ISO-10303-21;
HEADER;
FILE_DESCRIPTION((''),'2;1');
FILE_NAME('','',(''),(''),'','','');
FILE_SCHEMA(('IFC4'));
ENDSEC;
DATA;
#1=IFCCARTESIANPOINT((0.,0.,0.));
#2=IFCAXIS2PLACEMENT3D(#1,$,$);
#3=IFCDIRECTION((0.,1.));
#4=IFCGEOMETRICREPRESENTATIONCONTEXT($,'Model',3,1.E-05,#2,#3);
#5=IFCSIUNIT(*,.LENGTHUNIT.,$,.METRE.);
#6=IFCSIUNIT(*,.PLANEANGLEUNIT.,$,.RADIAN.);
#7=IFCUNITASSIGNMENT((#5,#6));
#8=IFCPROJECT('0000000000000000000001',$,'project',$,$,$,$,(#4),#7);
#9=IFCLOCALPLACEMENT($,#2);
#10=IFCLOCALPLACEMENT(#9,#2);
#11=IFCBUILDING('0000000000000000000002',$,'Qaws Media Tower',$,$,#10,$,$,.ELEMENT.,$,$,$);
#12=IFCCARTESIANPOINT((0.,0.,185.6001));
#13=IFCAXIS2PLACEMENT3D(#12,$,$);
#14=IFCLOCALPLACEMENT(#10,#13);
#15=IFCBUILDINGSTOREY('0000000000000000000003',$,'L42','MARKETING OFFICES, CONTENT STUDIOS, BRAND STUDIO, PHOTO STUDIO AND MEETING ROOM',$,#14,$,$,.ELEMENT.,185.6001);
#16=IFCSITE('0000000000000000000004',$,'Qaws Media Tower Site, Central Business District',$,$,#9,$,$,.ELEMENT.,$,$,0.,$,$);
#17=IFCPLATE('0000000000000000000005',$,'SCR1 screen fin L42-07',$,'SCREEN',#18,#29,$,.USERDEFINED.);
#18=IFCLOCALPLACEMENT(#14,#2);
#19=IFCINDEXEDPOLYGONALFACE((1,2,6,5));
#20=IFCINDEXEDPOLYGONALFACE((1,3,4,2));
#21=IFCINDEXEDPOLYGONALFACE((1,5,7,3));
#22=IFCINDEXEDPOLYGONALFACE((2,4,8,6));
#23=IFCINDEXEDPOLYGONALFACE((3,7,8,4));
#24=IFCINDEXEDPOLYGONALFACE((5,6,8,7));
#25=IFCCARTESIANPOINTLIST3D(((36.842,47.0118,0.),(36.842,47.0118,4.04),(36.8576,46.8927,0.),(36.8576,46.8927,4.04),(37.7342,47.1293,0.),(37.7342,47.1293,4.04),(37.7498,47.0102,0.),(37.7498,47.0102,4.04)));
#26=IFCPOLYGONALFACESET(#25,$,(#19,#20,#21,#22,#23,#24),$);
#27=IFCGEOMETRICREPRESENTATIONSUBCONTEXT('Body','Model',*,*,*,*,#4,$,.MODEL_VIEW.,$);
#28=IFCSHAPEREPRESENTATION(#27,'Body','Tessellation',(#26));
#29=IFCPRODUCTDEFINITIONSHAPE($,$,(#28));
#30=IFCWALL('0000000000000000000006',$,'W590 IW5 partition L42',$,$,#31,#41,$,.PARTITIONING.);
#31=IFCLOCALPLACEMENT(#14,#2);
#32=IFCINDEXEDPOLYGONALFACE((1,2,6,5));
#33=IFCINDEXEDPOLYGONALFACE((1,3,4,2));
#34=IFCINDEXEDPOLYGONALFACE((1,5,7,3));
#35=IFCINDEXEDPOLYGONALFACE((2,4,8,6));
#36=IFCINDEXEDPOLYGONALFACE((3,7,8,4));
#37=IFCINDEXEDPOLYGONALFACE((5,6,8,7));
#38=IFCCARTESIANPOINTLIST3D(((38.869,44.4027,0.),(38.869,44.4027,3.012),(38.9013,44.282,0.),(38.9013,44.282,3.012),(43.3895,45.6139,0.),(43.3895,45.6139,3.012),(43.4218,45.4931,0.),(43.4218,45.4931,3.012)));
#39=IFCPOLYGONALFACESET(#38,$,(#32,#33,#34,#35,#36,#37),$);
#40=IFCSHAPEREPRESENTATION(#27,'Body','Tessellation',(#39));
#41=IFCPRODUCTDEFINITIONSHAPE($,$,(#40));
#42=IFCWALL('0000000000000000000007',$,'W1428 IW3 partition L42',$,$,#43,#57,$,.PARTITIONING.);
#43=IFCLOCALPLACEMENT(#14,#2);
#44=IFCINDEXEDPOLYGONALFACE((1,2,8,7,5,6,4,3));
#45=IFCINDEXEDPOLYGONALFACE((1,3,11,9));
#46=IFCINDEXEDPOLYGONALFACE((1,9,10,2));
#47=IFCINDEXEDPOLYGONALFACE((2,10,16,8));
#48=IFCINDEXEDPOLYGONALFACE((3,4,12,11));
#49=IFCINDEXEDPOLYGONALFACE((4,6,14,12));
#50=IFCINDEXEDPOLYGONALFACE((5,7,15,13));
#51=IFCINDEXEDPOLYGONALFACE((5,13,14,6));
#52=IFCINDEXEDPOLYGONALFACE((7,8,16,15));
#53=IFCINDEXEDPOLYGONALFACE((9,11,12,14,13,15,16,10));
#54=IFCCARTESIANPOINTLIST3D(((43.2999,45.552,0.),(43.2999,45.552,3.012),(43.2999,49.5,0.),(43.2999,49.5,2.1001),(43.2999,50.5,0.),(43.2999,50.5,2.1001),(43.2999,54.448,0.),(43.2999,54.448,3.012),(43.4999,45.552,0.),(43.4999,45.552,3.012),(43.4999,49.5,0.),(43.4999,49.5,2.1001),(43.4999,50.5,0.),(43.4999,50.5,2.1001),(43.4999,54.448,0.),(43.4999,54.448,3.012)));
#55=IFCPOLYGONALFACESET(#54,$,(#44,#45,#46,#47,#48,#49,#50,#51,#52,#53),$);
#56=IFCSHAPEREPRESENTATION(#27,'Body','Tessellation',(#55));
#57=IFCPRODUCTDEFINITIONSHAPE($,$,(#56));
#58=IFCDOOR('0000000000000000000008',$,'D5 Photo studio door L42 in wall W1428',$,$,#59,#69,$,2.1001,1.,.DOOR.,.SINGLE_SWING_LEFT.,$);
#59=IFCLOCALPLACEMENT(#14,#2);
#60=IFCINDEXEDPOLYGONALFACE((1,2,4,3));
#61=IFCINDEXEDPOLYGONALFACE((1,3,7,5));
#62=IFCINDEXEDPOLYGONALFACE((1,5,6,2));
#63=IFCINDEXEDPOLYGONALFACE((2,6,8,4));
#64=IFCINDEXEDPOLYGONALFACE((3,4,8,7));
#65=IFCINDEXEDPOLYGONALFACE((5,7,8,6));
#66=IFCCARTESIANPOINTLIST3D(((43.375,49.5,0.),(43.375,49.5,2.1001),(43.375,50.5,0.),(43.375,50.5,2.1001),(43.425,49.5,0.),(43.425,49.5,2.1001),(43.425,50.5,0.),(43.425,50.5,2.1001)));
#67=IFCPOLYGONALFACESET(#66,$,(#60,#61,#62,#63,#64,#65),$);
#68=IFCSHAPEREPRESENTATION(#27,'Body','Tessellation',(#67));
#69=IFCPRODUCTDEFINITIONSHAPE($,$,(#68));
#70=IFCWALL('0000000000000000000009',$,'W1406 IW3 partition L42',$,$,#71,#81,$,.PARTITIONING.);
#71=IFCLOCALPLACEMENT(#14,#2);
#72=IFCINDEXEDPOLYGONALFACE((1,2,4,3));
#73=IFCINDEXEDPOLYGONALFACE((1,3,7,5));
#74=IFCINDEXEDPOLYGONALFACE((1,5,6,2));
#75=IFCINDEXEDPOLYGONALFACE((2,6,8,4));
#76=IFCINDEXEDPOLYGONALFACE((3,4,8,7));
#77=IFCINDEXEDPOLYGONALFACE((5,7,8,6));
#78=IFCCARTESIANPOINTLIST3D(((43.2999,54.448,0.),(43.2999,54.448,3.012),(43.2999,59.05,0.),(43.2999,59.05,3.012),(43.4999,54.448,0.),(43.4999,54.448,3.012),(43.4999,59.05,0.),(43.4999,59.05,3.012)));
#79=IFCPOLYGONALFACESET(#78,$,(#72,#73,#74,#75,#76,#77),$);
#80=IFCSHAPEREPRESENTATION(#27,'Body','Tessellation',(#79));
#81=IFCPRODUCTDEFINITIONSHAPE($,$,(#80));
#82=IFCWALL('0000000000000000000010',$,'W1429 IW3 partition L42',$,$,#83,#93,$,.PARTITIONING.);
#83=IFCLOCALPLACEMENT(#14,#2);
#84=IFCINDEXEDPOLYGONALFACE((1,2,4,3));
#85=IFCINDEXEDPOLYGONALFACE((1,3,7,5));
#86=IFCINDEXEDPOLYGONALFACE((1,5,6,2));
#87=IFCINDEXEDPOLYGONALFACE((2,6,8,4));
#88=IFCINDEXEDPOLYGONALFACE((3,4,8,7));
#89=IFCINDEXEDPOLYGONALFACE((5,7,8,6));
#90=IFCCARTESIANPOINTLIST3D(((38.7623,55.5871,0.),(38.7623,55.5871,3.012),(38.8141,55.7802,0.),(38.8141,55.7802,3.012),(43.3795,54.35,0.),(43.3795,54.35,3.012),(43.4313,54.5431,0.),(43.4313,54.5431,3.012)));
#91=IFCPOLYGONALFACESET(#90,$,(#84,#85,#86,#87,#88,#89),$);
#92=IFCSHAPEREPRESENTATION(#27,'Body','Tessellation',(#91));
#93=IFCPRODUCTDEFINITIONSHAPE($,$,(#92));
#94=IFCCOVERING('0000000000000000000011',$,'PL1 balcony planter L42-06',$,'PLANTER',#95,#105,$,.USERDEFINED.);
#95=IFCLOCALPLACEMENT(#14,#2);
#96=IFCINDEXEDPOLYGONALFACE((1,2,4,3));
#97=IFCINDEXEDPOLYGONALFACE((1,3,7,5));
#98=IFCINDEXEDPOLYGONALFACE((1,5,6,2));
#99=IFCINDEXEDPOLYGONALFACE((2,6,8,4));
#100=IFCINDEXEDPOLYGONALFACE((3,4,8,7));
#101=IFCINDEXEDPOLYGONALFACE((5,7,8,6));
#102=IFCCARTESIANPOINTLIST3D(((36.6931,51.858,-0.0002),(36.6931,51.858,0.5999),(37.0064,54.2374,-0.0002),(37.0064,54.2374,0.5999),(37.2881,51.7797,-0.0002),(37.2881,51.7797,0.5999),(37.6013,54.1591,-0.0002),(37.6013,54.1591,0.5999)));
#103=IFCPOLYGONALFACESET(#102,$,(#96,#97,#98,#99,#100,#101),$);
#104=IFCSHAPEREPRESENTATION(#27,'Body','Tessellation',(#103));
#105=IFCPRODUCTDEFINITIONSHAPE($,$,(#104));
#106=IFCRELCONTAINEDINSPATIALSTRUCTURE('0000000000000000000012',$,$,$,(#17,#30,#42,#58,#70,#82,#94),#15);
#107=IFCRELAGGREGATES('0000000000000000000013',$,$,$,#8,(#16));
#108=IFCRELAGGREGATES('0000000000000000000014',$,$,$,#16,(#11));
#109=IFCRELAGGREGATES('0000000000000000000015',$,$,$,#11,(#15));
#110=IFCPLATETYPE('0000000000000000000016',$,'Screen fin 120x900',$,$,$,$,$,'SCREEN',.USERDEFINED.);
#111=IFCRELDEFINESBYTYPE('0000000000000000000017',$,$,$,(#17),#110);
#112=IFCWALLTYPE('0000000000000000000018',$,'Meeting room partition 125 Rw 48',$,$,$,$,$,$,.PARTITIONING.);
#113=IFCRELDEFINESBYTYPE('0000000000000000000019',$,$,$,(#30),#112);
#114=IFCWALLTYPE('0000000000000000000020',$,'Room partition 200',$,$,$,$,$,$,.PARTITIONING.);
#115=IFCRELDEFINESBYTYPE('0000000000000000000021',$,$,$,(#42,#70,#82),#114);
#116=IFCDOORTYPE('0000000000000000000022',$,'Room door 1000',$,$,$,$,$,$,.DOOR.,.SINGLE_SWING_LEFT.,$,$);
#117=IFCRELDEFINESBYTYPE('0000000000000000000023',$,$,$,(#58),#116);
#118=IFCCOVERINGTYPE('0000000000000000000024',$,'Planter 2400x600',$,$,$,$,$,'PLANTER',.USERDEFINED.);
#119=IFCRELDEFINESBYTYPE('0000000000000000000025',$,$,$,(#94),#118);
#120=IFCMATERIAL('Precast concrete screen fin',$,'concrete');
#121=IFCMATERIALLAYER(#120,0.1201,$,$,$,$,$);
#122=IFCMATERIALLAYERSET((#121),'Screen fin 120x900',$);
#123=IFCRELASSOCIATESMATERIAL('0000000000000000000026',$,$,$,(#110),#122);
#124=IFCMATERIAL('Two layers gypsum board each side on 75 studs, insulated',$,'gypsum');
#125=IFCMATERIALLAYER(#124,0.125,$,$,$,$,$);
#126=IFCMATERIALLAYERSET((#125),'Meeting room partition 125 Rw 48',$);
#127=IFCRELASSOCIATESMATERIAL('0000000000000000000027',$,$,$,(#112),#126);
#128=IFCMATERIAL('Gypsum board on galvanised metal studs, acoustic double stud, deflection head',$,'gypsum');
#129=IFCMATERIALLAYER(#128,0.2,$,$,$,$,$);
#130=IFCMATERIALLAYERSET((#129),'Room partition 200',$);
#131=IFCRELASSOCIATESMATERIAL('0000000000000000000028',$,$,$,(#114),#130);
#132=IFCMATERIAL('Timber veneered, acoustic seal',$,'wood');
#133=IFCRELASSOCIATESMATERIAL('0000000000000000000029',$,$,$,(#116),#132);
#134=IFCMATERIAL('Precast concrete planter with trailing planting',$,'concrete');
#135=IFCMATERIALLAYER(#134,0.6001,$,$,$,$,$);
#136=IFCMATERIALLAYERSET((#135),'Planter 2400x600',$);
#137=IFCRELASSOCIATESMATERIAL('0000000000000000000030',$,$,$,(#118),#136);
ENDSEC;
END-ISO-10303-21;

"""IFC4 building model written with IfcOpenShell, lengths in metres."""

from ifc_helpers import new_model, si_unit, direction, frame, frame_2d, origin, origin_2d, place, context, subcontext, project, spatial, rectangle, extrude, material, layer, layer_set, type_object, element, fill, save


model = new_model("IFC4")

# Units and contexts
model_context = context("Model", 3, precision=1e-05, world=origin(), true_north=direction((0.0, 1.0)))
body_context = subcontext(model_context, "Body", "Model", "MODEL_VIEW")
ifc_project = project(units=[si_unit("LENGTHUNIT", "METRE"), si_unit("PLANEANGLEUNIT", "RADIAN")], contexts=[model_context])

# Site, building, storey
site_placement = place(None, origin())
site = spatial("IfcSite", under=ifc_project, at=site_placement, Name="Qaws Media Tower Site, Central Business District", CompositionType="ELEMENT", RefElevation=0.0)
building_placement = place(site_placement, origin())
building = spatial("IfcBuilding", under=site, at=building_placement, Name="Qaws Media Tower", CompositionType="ELEMENT")
storey_placement = place(building_placement, frame((0.0, 0.0, 185.6001)))
storey = spatial("IfcBuildingStorey", under=building, at=storey_placement, Name="L42", Description="MARKETING OFFICES, CONTENT STUDIOS, BRAND STUDIO, PHOTO STUDIO AND MEETING ROOM", CompositionType="ELEMENT", Elevation=185.6001)

# Plate
ifc_material_1 = material(Name="Precast concrete screen fin", Category="concrete")
ifc_layer_1 = layer(ifc_material_1, 0.1201)
ifc_layer_set_1 = layer_set([ifc_layer_1], Name="Screen fin 120x900")
plate_type_1 = type_object("IfcPlateType", Name="Screen fin 120x900", ElementType="SCREEN", PredefinedType="USERDEFINED", material=ifc_layer_set_1)
plate_1_placement = place(storey_placement, frame((37.2959, 47.011, 0.0), z_axis=(0.0, 0.0, 1.0), x_axis=(-0.991445, -0.130526, 0.0)))
element("IfcPlate", 1, at=plate_1_placement, inside=storey, type_object=plate_type_1, Name="SCR1 screen fin L42-07", ObjectType="SCREEN", PredefinedType="USERDEFINED", context=body_context, shape_type="SweptSolid", body=[
    extrude(rectangle(XDim=0.8999, YDim=0.1201, at=origin_2d()), origin(), (0.0, 0.0, 1.0), 4.04),
])

# Wall
ifc_material_2 = material(Name="Two layers gypsum board each side on 75 studs, insulated", Category="gypsum")
ifc_layer_2 = layer(ifc_material_2, 0.125)
ifc_layer_set_2 = layer_set([ifc_layer_2], Name="Meeting room partition 125 Rw 48")
wall_type_1 = type_object("IfcWallType", Name="Meeting room partition 125 Rw 48", PredefinedType="PARTITIONING", material=ifc_layer_set_2)
wall_1_placement = place(storey_placement, frame((43.4055, 45.5535, 0.0), z_axis=(0.0, 0.0, 1.0), x_axis=(-0.96593, -0.258802, 0.0)))
element("IfcWall", 2, at=wall_1_placement, inside=storey, type_object=wall_type_1, Name="W590 IW5 partition L42", PredefinedType="PARTITIONING", context=body_context, shape_type="SweptSolid", body=[
    extrude(rectangle(XDim=4.6799, YDim=0.125, at=frame_2d((2.3398, 0.0))), origin(), (0.0, 0.0, 1.0), 3.012),
])

# Wall, opening, door
ifc_material_3 = material(Name="Gypsum board on galvanised metal studs, acoustic double stud, deflection head", Category="gypsum")
ifc_layer_3 = layer(ifc_material_3, 0.2)
ifc_layer_set_3 = layer_set([ifc_layer_3], Name="Room partition 200")
wall_type_2 = type_object("IfcWallType", Name="Room partition 200", PredefinedType="PARTITIONING", material=ifc_layer_set_3)
wall_2_placement = place(storey_placement, frame((43.3999, 45.552, 0.0), z_axis=(0.0, 0.0, 1.0), x_axis=(0.0, 1.0, 0.0)))
wall_2 = element("IfcWall", 3, at=wall_2_placement, inside=storey, type_object=wall_type_2, Name="W1428 IW3 partition L42", PredefinedType="PARTITIONING", context=body_context, shape_type="SweptSolid", body=[
    extrude(rectangle(XDim=8.896, YDim=0.2, at=frame_2d((4.448, 0.0))), origin(), (0.0, 0.0, 1.0), 3.012),
])
opening_1_placement = place(wall_2_placement, frame((3.948, 0.0, 0.0)))
opening_1 = element("IfcOpeningElement", 4, at=opening_1_placement, cuts=wall_2, PredefinedType="OPENING", context=body_context, shape_type="SweptSolid", body=[
    extrude(rectangle(XDim=1.0, YDim=2.1001, at=frame_2d((0.5, 1.05))), frame((0.0, 0.1099, 0.0), z_axis=(0.0, -1.0, 0.0), x_axis=(1.0, 0.0, 0.0)), (0.0, 0.0, 1.0), 0.22),
])
ifc_material_4 = material(Name="Timber veneered, acoustic seal", Category="wood")
door_type_1 = type_object("IfcDoorType", Name="Room door 1000", OperationType="SINGLE_SWING_LEFT", PredefinedType="DOOR", material=ifc_material_4)
door_1_placement = place(opening_1_placement, origin())
door_1 = element("IfcDoor", 5, at=door_1_placement, inside=storey, type_object=door_type_1, Name="D5 Photo studio door L42 in wall W1428", OperationType="SINGLE_SWING_LEFT", OverallHeight=2.1001, OverallWidth=1.0, PredefinedType="DOOR", context=body_context, shape_type="SweptSolid", body=[
    extrude(rectangle(XDim=1.0, YDim=2.1001, at=frame_2d((0.5, 1.05))), frame((0.0, 0.0249, 0.0), z_axis=(0.0, -1.0, 0.0), x_axis=(1.0, 0.0, 0.0)), (0.0, 0.0, 1.0), 0.05),
])
fill(opening_1, door_1)

# Walls
wall_3_placement = place(storey_placement, frame((43.3999, 54.448, 0.0), z_axis=(0.0, 0.0, 1.0), x_axis=(0.0, 1.0, 0.0)))
element("IfcWall", 6, at=wall_3_placement, inside=storey, type_object=wall_type_2, Name="W1406 IW3 partition L42", PredefinedType="PARTITIONING", context=body_context, shape_type="SweptSolid", body=[
    extrude(rectangle(XDim=4.6021, YDim=0.2, at=frame_2d((2.301, 0.0))), origin(), (0.0, 0.0, 1.0), 3.012),
])
wall_4_placement = place(storey_placement, frame((43.4055, 54.4465, 0.0), z_axis=(0.0, 0.0, 1.0), x_axis=(-0.965932, 0.258797, 0.0)))
element("IfcWall", 7, at=wall_4_placement, inside=storey, type_object=wall_type_2, Name="W1429 IW3 partition L42", PredefinedType="PARTITIONING", context=body_context, shape_type="SweptSolid", body=[
    extrude(rectangle(XDim=4.78, YDim=0.2, at=frame_2d((2.3901, 0.0))), origin(), (0.0, 0.0, 1.0), 3.012),
])

# Covering
ifc_material_5 = material(Name="Precast concrete planter with trailing planting", Category="concrete")
ifc_layer_4 = layer(ifc_material_5, 0.6001)
ifc_layer_set_4 = layer_set([ifc_layer_4], Name="Planter 2400x600")
covering_type = type_object("IfcCoveringType", Name="Planter 2400x600", ElementType="PLANTER", PredefinedType="USERDEFINED", material=ifc_layer_set_4)
covering_placement = place(storey_placement, frame((37.1472, 53.0085, -0.0002), z_axis=(0.0, 0.0, 1.0), x_axis=(-0.130526, -0.991445, 0.0)))
element("IfcCovering", 8, at=covering_placement, inside=storey, type_object=covering_type, Name="PL1 balcony planter L42-06", ObjectType="PLANTER", PredefinedType="USERDEFINED", context=body_context, shape_type="SweptSolid", body=[
    extrude(rectangle(XDim=2.3999, YDim=0.6001, at=origin_2d()), origin(), (0.0, 0.0, 1.0), 0.6001),
])

save(model, "model.ifc")
